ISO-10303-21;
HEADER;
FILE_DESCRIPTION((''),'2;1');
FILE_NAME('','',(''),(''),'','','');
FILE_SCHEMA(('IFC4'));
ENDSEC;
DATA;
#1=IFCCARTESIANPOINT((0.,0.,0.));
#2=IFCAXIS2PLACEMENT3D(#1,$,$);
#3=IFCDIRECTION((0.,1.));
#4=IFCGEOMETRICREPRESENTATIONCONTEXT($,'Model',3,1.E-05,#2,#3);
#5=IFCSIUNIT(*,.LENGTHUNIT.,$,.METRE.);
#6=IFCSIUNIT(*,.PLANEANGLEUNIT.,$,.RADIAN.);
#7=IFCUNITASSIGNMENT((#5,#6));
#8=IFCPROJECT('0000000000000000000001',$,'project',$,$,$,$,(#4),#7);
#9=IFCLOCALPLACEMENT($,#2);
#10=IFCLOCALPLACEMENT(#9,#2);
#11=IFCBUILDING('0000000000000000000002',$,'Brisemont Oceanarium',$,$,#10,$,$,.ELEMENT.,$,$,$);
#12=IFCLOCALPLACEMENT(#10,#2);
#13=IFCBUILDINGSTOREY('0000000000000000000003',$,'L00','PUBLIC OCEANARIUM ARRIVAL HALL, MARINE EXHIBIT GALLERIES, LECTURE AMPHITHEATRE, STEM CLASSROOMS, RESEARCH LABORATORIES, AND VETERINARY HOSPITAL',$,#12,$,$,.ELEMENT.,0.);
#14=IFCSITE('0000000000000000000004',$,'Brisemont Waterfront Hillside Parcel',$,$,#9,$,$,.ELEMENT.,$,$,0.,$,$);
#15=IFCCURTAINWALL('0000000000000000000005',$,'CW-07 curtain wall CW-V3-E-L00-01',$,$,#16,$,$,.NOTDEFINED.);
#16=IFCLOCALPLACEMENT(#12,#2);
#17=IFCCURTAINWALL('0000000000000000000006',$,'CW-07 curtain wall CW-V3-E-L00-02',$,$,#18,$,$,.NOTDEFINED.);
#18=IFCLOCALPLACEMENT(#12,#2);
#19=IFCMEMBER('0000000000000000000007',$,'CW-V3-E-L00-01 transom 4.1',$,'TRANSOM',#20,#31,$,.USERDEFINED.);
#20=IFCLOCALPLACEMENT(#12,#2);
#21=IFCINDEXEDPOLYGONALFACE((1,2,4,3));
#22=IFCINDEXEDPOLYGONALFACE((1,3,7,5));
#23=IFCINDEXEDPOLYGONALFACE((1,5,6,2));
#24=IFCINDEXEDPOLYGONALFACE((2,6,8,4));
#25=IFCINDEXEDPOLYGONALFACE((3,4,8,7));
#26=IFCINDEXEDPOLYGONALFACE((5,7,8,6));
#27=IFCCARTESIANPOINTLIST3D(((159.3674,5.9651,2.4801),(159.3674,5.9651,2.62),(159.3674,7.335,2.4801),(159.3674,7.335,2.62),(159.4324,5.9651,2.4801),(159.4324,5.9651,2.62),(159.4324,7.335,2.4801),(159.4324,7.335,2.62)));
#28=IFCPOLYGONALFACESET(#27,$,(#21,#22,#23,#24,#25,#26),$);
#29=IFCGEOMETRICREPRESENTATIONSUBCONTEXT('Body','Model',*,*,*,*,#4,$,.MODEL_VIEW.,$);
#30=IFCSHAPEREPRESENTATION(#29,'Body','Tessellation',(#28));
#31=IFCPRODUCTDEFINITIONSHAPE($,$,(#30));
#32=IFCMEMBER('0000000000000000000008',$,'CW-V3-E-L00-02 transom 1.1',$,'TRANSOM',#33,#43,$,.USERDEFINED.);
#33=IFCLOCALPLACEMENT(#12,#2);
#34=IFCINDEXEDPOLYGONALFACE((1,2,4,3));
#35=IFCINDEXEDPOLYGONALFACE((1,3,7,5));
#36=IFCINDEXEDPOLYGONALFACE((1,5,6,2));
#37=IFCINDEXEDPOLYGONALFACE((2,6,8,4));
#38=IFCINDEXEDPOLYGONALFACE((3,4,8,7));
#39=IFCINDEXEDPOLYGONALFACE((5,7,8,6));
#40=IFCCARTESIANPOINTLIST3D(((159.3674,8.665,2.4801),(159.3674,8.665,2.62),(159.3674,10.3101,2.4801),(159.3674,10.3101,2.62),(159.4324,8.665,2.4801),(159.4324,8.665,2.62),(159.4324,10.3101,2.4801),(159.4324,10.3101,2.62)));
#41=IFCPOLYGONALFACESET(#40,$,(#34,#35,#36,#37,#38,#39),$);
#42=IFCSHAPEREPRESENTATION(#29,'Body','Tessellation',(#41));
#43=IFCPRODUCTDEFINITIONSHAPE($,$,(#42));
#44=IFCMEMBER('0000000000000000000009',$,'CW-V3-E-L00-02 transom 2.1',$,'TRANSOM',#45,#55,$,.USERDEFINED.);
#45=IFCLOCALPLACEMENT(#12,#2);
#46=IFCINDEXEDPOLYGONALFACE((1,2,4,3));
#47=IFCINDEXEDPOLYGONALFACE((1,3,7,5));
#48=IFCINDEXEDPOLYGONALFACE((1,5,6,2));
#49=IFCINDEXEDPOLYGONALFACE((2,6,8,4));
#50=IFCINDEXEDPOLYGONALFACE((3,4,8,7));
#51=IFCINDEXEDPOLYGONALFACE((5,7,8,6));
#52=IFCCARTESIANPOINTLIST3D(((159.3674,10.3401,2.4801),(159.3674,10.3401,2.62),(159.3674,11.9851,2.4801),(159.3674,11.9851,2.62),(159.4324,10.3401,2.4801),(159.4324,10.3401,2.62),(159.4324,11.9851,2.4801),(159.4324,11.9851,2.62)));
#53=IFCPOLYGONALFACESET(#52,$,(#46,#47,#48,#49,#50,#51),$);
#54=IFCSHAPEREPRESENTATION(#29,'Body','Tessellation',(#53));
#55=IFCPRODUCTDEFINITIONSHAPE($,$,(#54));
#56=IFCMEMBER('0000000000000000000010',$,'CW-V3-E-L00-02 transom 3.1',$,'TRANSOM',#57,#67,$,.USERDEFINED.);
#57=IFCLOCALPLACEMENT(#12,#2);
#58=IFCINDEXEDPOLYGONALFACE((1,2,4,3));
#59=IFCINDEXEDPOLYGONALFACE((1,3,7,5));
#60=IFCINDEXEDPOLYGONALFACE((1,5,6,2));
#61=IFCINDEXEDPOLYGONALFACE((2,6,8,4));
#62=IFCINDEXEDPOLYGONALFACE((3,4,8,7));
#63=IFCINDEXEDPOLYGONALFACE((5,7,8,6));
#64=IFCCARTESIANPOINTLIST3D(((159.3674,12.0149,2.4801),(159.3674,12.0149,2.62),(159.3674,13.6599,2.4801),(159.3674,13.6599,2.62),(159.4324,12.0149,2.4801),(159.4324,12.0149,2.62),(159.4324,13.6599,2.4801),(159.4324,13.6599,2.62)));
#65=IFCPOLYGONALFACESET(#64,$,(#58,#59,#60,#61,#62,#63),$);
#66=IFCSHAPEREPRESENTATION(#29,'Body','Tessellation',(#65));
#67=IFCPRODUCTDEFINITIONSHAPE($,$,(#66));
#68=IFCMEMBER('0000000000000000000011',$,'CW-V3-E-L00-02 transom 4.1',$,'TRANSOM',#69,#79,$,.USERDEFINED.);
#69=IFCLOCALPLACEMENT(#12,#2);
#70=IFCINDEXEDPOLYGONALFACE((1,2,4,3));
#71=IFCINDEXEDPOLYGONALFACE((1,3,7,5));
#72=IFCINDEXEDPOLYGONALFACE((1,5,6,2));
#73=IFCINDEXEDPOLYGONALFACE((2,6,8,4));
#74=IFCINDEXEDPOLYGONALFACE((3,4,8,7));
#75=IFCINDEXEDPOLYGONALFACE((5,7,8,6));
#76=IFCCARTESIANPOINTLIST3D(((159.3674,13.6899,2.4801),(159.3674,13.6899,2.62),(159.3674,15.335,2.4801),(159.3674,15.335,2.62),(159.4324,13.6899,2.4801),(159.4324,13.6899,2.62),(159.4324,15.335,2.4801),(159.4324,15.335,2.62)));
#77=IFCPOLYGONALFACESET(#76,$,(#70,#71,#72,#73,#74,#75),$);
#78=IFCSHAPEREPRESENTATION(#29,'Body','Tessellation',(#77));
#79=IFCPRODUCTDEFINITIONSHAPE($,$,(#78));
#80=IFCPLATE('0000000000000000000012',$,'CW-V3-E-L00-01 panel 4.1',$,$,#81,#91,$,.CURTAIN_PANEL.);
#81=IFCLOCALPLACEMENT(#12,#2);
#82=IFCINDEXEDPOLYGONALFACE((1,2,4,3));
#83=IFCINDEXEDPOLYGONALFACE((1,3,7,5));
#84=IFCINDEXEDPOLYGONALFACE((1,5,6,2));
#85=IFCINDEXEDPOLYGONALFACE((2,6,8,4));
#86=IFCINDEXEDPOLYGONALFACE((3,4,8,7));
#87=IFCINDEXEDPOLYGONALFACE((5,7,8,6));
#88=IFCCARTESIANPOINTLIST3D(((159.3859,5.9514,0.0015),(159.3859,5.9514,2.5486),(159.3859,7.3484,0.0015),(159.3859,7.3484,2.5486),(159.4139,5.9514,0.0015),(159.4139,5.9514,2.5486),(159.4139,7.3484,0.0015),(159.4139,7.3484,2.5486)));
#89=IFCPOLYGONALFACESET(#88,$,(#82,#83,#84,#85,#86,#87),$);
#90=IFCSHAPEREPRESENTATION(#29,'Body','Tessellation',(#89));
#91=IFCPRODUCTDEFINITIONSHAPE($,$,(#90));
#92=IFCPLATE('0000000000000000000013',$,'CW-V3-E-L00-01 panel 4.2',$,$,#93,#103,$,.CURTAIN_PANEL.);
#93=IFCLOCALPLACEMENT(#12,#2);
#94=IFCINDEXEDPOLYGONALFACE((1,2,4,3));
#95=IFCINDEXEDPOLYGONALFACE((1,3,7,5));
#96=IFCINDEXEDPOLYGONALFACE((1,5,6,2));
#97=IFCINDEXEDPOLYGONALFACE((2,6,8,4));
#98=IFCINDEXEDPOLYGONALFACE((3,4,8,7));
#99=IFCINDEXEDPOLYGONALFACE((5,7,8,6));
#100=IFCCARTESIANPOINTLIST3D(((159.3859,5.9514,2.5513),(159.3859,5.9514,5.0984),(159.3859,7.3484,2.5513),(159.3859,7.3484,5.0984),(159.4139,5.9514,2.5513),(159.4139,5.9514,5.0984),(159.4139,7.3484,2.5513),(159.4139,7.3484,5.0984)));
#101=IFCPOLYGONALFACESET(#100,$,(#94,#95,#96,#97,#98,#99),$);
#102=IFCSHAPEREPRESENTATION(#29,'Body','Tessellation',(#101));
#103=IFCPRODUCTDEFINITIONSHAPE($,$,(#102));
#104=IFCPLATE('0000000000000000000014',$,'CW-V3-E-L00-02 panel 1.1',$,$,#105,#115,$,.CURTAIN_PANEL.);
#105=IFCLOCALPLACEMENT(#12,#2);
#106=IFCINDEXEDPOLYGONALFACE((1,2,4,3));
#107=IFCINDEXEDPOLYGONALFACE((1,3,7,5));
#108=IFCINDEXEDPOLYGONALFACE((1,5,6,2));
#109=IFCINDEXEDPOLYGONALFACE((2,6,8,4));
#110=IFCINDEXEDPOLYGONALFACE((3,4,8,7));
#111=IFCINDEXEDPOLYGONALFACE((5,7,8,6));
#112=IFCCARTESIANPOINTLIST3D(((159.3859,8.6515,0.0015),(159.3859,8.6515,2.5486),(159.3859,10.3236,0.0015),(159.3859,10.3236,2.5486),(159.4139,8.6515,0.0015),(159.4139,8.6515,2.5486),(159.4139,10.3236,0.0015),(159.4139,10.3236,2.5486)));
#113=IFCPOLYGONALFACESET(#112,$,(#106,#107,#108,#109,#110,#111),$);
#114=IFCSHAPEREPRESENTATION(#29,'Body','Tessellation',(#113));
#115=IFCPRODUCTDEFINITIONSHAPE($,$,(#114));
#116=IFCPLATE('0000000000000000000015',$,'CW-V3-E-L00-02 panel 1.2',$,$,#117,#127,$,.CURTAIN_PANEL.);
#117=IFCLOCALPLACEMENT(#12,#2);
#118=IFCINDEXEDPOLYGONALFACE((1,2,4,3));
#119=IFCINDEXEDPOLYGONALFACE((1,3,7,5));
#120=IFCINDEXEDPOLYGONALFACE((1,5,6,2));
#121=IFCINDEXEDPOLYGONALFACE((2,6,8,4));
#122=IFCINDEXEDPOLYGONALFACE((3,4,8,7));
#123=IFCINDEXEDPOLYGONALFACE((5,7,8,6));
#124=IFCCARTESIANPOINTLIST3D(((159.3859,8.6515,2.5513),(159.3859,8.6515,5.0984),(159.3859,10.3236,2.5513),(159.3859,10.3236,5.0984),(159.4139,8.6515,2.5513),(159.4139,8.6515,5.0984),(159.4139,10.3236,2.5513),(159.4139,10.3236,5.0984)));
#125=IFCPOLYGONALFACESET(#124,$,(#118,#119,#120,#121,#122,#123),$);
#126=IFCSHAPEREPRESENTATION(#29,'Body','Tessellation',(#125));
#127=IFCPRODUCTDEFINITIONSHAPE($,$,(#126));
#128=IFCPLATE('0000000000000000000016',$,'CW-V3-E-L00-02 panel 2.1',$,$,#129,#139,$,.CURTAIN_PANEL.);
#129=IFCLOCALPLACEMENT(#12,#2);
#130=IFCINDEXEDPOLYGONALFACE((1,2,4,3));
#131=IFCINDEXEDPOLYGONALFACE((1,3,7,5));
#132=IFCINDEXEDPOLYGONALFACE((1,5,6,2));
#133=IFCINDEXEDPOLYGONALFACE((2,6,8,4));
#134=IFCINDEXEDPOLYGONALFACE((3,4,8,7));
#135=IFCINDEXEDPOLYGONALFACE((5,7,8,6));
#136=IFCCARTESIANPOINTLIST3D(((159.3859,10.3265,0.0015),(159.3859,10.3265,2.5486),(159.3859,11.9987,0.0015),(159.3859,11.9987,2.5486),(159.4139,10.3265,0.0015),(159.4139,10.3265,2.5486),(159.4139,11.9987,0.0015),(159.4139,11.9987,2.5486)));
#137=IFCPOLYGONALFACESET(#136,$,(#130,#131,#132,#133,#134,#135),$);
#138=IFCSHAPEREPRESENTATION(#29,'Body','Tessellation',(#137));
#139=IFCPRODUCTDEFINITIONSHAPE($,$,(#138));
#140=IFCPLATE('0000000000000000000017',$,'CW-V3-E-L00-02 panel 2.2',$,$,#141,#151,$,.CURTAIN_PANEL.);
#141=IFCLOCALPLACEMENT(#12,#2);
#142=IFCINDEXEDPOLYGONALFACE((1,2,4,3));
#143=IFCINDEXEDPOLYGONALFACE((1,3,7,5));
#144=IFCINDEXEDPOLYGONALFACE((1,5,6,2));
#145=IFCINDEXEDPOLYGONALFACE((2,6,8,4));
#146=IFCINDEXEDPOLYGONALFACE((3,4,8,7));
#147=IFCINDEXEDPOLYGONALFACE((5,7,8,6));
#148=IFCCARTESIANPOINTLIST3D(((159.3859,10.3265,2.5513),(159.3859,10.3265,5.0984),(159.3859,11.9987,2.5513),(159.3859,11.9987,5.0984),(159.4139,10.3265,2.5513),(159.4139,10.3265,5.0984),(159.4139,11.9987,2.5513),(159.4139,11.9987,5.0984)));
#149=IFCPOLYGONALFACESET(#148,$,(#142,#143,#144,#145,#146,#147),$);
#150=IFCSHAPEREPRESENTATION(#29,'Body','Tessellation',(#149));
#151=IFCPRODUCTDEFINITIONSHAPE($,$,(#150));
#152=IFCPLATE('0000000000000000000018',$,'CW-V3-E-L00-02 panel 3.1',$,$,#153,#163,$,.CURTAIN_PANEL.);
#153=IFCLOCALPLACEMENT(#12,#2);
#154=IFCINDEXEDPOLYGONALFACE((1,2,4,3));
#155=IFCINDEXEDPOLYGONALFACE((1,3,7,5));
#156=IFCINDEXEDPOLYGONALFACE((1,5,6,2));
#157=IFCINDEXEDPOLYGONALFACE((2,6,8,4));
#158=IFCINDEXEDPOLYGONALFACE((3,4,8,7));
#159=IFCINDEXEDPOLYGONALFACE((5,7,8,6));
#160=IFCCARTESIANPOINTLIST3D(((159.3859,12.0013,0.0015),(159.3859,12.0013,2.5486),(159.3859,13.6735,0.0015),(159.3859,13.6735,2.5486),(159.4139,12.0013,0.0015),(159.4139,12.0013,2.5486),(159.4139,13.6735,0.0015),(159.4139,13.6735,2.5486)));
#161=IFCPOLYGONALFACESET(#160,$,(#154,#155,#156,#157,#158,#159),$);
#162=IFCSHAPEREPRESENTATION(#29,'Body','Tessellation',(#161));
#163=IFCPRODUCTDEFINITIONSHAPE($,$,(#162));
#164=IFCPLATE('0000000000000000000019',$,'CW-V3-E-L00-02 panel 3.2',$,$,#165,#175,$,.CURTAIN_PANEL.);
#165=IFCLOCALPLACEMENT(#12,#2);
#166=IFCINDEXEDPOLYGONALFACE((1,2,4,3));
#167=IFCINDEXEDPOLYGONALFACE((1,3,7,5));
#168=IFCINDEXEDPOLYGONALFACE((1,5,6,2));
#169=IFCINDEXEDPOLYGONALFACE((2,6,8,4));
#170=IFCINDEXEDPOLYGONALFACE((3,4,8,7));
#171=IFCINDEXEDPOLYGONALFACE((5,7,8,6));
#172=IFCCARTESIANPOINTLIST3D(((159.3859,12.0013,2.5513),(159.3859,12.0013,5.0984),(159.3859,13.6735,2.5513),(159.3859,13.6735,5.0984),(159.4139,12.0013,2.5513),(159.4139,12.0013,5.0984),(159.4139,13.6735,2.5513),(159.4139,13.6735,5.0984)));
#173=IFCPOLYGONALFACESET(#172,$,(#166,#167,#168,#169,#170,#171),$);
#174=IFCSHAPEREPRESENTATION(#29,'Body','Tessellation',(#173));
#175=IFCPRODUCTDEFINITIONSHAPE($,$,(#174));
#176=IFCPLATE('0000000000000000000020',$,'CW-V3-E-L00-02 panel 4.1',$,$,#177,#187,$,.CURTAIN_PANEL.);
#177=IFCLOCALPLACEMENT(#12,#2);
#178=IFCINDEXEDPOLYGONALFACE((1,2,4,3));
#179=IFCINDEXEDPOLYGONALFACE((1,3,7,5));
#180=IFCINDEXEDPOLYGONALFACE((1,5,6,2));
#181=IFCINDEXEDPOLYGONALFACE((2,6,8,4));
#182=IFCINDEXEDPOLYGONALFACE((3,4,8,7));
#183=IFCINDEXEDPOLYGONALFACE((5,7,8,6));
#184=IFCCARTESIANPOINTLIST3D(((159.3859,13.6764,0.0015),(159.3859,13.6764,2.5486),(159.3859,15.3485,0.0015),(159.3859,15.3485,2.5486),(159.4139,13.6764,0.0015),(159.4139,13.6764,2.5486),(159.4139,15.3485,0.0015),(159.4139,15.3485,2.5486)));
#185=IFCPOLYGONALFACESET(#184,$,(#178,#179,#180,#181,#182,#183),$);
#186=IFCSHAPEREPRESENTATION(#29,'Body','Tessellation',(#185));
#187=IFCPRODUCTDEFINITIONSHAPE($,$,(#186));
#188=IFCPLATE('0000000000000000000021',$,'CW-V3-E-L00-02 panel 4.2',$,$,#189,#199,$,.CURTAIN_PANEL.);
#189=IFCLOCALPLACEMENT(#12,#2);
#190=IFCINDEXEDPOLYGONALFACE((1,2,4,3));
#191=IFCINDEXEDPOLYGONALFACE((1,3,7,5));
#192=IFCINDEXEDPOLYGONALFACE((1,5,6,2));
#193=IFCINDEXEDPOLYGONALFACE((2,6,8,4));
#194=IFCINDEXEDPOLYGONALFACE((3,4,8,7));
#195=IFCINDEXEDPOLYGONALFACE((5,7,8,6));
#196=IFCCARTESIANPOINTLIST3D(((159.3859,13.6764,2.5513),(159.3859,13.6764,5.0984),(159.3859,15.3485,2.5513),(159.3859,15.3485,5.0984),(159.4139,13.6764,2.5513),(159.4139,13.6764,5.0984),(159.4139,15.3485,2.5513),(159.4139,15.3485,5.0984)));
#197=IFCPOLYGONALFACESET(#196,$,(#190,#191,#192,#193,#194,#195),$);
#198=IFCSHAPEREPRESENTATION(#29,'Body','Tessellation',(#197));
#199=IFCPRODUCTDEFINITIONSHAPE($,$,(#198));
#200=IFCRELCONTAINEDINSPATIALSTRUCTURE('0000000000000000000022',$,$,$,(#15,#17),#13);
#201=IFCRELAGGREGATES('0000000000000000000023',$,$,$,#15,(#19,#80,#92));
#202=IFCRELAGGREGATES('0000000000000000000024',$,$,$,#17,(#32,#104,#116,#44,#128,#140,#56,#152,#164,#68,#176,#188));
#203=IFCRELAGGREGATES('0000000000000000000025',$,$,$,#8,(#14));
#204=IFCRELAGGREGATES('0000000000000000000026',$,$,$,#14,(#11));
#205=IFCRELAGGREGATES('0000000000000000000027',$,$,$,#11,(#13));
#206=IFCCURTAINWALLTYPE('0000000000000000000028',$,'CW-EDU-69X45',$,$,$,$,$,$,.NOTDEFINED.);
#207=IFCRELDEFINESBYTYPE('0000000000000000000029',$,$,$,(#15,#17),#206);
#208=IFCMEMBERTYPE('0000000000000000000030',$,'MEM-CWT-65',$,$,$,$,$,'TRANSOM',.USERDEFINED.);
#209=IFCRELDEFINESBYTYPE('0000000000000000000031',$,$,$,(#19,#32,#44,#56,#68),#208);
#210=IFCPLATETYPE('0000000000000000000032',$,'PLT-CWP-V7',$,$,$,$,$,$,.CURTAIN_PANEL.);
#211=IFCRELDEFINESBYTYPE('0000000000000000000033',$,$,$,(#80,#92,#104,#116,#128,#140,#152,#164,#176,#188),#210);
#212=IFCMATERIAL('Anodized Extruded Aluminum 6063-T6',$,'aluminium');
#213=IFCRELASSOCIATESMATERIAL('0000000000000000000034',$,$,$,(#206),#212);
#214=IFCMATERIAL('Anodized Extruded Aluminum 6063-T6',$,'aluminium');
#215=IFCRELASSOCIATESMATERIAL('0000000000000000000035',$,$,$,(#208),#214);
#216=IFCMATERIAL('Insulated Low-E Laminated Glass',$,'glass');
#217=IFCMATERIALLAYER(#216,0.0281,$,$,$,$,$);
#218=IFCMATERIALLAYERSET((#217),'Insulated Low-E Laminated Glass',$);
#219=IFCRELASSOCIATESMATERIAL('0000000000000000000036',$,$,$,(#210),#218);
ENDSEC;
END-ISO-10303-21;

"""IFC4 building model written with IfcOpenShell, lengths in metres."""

from ifc_helpers import new_model, si_unit, direction, frame, origin, origin_2d, place, context, subcontext, project, spatial, rectangle, extrude, material, layer, layer_set, material_profile, profile_set, type_object, element, aggregate, save


model = new_model("IFC4")

# Units and contexts
model_context = context("Model", 3, precision=1e-05, world=origin(), true_north=direction((0.0, 1.0)))
body_context = subcontext(model_context, "Body", "Model", "MODEL_VIEW")
ifc_project = project(units=[si_unit("LENGTHUNIT", "METRE"), si_unit("PLANEANGLEUNIT", "RADIAN")], contexts=[model_context])

# Site, building, storey
site_placement = place(None, origin())
site = spatial("IfcSite", under=ifc_project, at=site_placement, Name="Brisemont Waterfront Hillside Parcel", CompositionType="ELEMENT", RefElevation=0.0)
building_placement = place(site_placement, origin())
building = spatial("IfcBuilding", under=site, at=building_placement, Name="Brisemont Oceanarium", CompositionType="ELEMENT")
storey_placement = place(building_placement, origin())
storey = spatial("IfcBuildingStorey", under=building, at=storey_placement, Name="L00", Description="PUBLIC OCEANARIUM ARRIVAL HALL, MARINE EXHIBIT GALLERIES, LECTURE AMPHITHEATRE, STEM CLASSROOMS, RESEARCH LABORATORIES, AND VETERINARY HOSPITAL", CompositionType="ELEMENT", Elevation=0.0)

# Curtain wall
ifc_material_1 = material(Name="Anodized Extruded Aluminum 6063-T6", Category="aluminium")
curtain_wall_type = type_object("IfcCurtainWallType", Name="CW-EDU-69X45", PredefinedType="NOTDEFINED", material=ifc_material_1)
curtain_wall_1_placement = place(storey_placement, origin())
curtain_wall_1 = element("IfcCurtainWall", 1, at=curtain_wall_1_placement, inside=storey, type_object=curtain_wall_type, Name="CW-07 curtain wall CW-V3-E-L00-01", PredefinedType="NOTDEFINED")

# Curtain wall
curtain_wall_2_placement = place(storey_placement, origin())
curtain_wall_2 = element("IfcCurtainWall", 2, at=curtain_wall_2_placement, inside=storey, type_object=curtain_wall_type, Name="CW-07 curtain wall CW-V3-E-L00-02", PredefinedType="NOTDEFINED")

# Members
ifc_material_2 = material(Name="Anodized Extruded Aluminum 6063-T6", Category="aluminium")
ifc_material_profile_1 = material_profile(ifc_material_2, rectangle(XDim=0.0649, YDim=0.1399, at=origin_2d()), Name="CWT-65X140")
ifc_profile_set_1 = profile_set([ifc_material_profile_1], Name="Anodized Extruded Aluminum 6063-T6")
member_type_1 = type_object("IfcMemberType", Name="MEM-CWT-65", ElementType="TRANSOM", PredefinedType="USERDEFINED", material=ifc_profile_set_1)
member_1_placement = place(storey_placement, frame((159.3999, 5.9651, 2.55), z_axis=(0.0, 1.0, 0.0), x_axis=(-1.0, 0.0, 0.0)))
member_1 = element("IfcMember", 3, at=member_1_placement, type_object=member_type_1, Name="CW-V3-E-L00-01 transom 4.1", ObjectType="TRANSOM", PredefinedType="USERDEFINED", context=body_context, shape_type="SweptSolid", body=[
    extrude(rectangle(XDim=0.0649, YDim=0.1399, at=origin_2d()), origin(), (0.0, 0.0, 1.0), 1.3699),
])
member_2_placement = place(storey_placement, frame((159.3999, 8.665, 2.55), z_axis=(0.0, 1.0, 0.0), x_axis=(-1.0, 0.0, 0.0)))
member_2 = element("IfcMember", 4, at=member_2_placement, type_object=member_type_1, Name="CW-V3-E-L00-02 transom 1.1", ObjectType="TRANSOM", PredefinedType="USERDEFINED", context=body_context, shape_type="SweptSolid", body=[
    extrude(rectangle(XDim=0.0649, YDim=0.1399, at=origin_2d()), origin(), (0.0, 0.0, 1.0), 1.645),
])
member_3_placement = place(storey_placement, frame((159.3999, 10.3401, 2.55), z_axis=(0.0, 1.0, 0.0), x_axis=(-1.0, 0.0, 0.0)))
member_3 = element("IfcMember", 5, at=member_3_placement, type_object=member_type_1, Name="CW-V3-E-L00-02 transom 2.1", ObjectType="TRANSOM", PredefinedType="USERDEFINED", context=body_context, shape_type="SweptSolid", body=[
    extrude(rectangle(XDim=0.0649, YDim=0.1399, at=origin_2d()), origin(), (0.0, 0.0, 1.0), 1.645),
])
member_4_placement = place(storey_placement, frame((159.3999, 12.0149, 2.55), z_axis=(0.0, 1.0, 0.0), x_axis=(-1.0, 0.0, 0.0)))
member_4 = element("IfcMember", 6, at=member_4_placement, type_object=member_type_1, Name="CW-V3-E-L00-02 transom 3.1", ObjectType="TRANSOM", PredefinedType="USERDEFINED", context=body_context, shape_type="SweptSolid", body=[
    extrude(rectangle(XDim=0.0649, YDim=0.1399, at=origin_2d()), origin(), (0.0, 0.0, 1.0), 1.645),
])
member_5_placement = place(storey_placement, frame((159.3999, 13.6899, 2.55), z_axis=(0.0, 1.0, 0.0), x_axis=(-1.0, 0.0, 0.0)))
member_5 = element("IfcMember", 7, at=member_5_placement, type_object=member_type_1, Name="CW-V3-E-L00-02 transom 4.1", ObjectType="TRANSOM", PredefinedType="USERDEFINED", context=body_context, shape_type="SweptSolid", body=[
    extrude(rectangle(XDim=0.0649, YDim=0.1399, at=origin_2d()), origin(), (0.0, 0.0, 1.0), 1.645),
])

# Plates
ifc_material_3 = material(Name="Insulated Low-E Laminated Glass", Category="glass")
ifc_layer_1 = layer(ifc_material_3, 0.0281)
ifc_layer_set_1 = layer_set([ifc_layer_1], Name="Insulated Low-E Laminated Glass")
plate_type = type_object("IfcPlateType", Name="PLT-CWP-V7", PredefinedType="CURTAIN_PANEL", material=ifc_layer_set_1)
plate_1_placement = place(storey_placement, frame((159.3999, 6.6499, 0.0015), z_axis=(0.0, 0.0, 1.0), x_axis=(0.0, 1.0, 0.0)))
plate_1 = element("IfcPlate", 8, at=plate_1_placement, type_object=plate_type, Name="CW-V3-E-L00-01 panel 4.1", PredefinedType="CURTAIN_PANEL", context=body_context, shape_type="SweptSolid", body=[
    extrude(rectangle(XDim=1.397, YDim=0.0281, at=origin_2d()), origin(), (0.0, 0.0, 1.0), 2.5471),
])
plate_2_placement = place(storey_placement, frame((159.3999, 6.6499, 2.5513), z_axis=(0.0, 0.0, 1.0), x_axis=(0.0, 1.0, 0.0)))
plate_2 = element("IfcPlate", 9, at=plate_2_placement, type_object=plate_type, Name="CW-V3-E-L00-01 panel 4.2", PredefinedType="CURTAIN_PANEL", context=body_context, shape_type="SweptSolid", body=[
    extrude(rectangle(XDim=1.397, YDim=0.0281, at=origin_2d()), origin(), (0.0, 0.0, 1.0), 2.5471),
])
aggregate(curtain_wall_1, [member_1, plate_1, plate_2])
plate_3_placement = place(storey_placement, frame((159.3999, 9.4875, 0.0015), z_axis=(0.0, 0.0, 1.0), x_axis=(0.0, 1.0, 0.0)))
plate_3 = element("IfcPlate", 10, at=plate_3_placement, type_object=plate_type, Name="CW-V3-E-L00-02 panel 1.1", PredefinedType="CURTAIN_PANEL", context=body_context, shape_type="SweptSolid", body=[
    extrude(rectangle(XDim=1.6721, YDim=0.0281, at=origin_2d()), origin(), (0.0, 0.0, 1.0), 2.5471),
])
plate_4_placement = place(storey_placement, frame((159.3999, 9.4875, 2.5513), z_axis=(0.0, 0.0, 1.0), x_axis=(0.0, 1.0, 0.0)))
plate_4 = element("IfcPlate", 11, at=plate_4_placement, type_object=plate_type, Name="CW-V3-E-L00-02 panel 1.2", PredefinedType="CURTAIN_PANEL", context=body_context, shape_type="SweptSolid", body=[
    extrude(rectangle(XDim=1.6721, YDim=0.0281, at=origin_2d()), origin(), (0.0, 0.0, 1.0), 2.5471),
])
plate_5_placement = place(storey_placement, frame((159.3999, 11.1626, 0.0015), z_axis=(0.0, 0.0, 1.0), x_axis=(0.0, 1.0, 0.0)))
plate_5 = element("IfcPlate", 12, at=plate_5_placement, type_object=plate_type, Name="CW-V3-E-L00-02 panel 2.1", PredefinedType="CURTAIN_PANEL", context=body_context, shape_type="SweptSolid", body=[
    extrude(rectangle(XDim=1.6721, YDim=0.0281, at=origin_2d()), origin(), (0.0, 0.0, 1.0), 2.5471),
])
plate_6_placement = place(storey_placement, frame((159.3999, 11.1626, 2.5513), z_axis=(0.0, 0.0, 1.0), x_axis=(0.0, 1.0, 0.0)))
plate_6 = element("IfcPlate", 13, at=plate_6_placement, type_object=plate_type, Name="CW-V3-E-L00-02 panel 2.2", PredefinedType="CURTAIN_PANEL", context=body_context, shape_type="SweptSolid", body=[
    extrude(rectangle(XDim=1.6721, YDim=0.0281, at=origin_2d()), origin(), (0.0, 0.0, 1.0), 2.5471),
])
plate_7_placement = place(storey_placement, frame((159.3999, 12.8374, 0.0015), z_axis=(0.0, 0.0, 1.0), x_axis=(0.0, 1.0, 0.0)))
plate_7 = element("IfcPlate", 14, at=plate_7_placement, type_object=plate_type, Name="CW-V3-E-L00-02 panel 3.1", PredefinedType="CURTAIN_PANEL", context=body_context, shape_type="SweptSolid", body=[
    extrude(rectangle(XDim=1.6721, YDim=0.0281, at=origin_2d()), origin(), (0.0, 0.0, 1.0), 2.5471),
])
plate_8_placement = place(storey_placement, frame((159.3999, 12.8374, 2.5513), z_axis=(0.0, 0.0, 1.0), x_axis=(0.0, 1.0, 0.0)))
plate_8 = element("IfcPlate", 15, at=plate_8_placement, type_object=plate_type, Name="CW-V3-E-L00-02 panel 3.2", PredefinedType="CURTAIN_PANEL", context=body_context, shape_type="SweptSolid", body=[
    extrude(rectangle(XDim=1.6721, YDim=0.0281, at=origin_2d()), origin(), (0.0, 0.0, 1.0), 2.5471),
])
plate_9_placement = place(storey_placement, frame((159.3999, 14.5125, 0.0015), z_axis=(0.0, 0.0, 1.0), x_axis=(0.0, 1.0, 0.0)))
plate_9 = element("IfcPlate", 16, at=plate_9_placement, type_object=plate_type, Name="CW-V3-E-L00-02 panel 4.1", PredefinedType="CURTAIN_PANEL", context=body_context, shape_type="SweptSolid", body=[
    extrude(rectangle(XDim=1.6721, YDim=0.0281, at=origin_2d()), origin(), (0.0, 0.0, 1.0), 2.5471),
])
plate_10_placement = place(storey_placement, frame((159.3999, 14.5125, 2.5513), z_axis=(0.0, 0.0, 1.0), x_axis=(0.0, 1.0, 0.0)))
plate_10 = element("IfcPlate", 17, at=plate_10_placement, type_object=plate_type, Name="CW-V3-E-L00-02 panel 4.2", PredefinedType="CURTAIN_PANEL", context=body_context, shape_type="SweptSolid", body=[
    extrude(rectangle(XDim=1.6721, YDim=0.0281, at=origin_2d()), origin(), (0.0, 0.0, 1.0), 2.5471),
])
aggregate(curtain_wall_2, [member_2, plate_3, plate_4, member_3, plate_5, plate_6, member_4, plate_7, plate_8, member_5, plate_9, plate_10])

save(model, "model.ifc")
